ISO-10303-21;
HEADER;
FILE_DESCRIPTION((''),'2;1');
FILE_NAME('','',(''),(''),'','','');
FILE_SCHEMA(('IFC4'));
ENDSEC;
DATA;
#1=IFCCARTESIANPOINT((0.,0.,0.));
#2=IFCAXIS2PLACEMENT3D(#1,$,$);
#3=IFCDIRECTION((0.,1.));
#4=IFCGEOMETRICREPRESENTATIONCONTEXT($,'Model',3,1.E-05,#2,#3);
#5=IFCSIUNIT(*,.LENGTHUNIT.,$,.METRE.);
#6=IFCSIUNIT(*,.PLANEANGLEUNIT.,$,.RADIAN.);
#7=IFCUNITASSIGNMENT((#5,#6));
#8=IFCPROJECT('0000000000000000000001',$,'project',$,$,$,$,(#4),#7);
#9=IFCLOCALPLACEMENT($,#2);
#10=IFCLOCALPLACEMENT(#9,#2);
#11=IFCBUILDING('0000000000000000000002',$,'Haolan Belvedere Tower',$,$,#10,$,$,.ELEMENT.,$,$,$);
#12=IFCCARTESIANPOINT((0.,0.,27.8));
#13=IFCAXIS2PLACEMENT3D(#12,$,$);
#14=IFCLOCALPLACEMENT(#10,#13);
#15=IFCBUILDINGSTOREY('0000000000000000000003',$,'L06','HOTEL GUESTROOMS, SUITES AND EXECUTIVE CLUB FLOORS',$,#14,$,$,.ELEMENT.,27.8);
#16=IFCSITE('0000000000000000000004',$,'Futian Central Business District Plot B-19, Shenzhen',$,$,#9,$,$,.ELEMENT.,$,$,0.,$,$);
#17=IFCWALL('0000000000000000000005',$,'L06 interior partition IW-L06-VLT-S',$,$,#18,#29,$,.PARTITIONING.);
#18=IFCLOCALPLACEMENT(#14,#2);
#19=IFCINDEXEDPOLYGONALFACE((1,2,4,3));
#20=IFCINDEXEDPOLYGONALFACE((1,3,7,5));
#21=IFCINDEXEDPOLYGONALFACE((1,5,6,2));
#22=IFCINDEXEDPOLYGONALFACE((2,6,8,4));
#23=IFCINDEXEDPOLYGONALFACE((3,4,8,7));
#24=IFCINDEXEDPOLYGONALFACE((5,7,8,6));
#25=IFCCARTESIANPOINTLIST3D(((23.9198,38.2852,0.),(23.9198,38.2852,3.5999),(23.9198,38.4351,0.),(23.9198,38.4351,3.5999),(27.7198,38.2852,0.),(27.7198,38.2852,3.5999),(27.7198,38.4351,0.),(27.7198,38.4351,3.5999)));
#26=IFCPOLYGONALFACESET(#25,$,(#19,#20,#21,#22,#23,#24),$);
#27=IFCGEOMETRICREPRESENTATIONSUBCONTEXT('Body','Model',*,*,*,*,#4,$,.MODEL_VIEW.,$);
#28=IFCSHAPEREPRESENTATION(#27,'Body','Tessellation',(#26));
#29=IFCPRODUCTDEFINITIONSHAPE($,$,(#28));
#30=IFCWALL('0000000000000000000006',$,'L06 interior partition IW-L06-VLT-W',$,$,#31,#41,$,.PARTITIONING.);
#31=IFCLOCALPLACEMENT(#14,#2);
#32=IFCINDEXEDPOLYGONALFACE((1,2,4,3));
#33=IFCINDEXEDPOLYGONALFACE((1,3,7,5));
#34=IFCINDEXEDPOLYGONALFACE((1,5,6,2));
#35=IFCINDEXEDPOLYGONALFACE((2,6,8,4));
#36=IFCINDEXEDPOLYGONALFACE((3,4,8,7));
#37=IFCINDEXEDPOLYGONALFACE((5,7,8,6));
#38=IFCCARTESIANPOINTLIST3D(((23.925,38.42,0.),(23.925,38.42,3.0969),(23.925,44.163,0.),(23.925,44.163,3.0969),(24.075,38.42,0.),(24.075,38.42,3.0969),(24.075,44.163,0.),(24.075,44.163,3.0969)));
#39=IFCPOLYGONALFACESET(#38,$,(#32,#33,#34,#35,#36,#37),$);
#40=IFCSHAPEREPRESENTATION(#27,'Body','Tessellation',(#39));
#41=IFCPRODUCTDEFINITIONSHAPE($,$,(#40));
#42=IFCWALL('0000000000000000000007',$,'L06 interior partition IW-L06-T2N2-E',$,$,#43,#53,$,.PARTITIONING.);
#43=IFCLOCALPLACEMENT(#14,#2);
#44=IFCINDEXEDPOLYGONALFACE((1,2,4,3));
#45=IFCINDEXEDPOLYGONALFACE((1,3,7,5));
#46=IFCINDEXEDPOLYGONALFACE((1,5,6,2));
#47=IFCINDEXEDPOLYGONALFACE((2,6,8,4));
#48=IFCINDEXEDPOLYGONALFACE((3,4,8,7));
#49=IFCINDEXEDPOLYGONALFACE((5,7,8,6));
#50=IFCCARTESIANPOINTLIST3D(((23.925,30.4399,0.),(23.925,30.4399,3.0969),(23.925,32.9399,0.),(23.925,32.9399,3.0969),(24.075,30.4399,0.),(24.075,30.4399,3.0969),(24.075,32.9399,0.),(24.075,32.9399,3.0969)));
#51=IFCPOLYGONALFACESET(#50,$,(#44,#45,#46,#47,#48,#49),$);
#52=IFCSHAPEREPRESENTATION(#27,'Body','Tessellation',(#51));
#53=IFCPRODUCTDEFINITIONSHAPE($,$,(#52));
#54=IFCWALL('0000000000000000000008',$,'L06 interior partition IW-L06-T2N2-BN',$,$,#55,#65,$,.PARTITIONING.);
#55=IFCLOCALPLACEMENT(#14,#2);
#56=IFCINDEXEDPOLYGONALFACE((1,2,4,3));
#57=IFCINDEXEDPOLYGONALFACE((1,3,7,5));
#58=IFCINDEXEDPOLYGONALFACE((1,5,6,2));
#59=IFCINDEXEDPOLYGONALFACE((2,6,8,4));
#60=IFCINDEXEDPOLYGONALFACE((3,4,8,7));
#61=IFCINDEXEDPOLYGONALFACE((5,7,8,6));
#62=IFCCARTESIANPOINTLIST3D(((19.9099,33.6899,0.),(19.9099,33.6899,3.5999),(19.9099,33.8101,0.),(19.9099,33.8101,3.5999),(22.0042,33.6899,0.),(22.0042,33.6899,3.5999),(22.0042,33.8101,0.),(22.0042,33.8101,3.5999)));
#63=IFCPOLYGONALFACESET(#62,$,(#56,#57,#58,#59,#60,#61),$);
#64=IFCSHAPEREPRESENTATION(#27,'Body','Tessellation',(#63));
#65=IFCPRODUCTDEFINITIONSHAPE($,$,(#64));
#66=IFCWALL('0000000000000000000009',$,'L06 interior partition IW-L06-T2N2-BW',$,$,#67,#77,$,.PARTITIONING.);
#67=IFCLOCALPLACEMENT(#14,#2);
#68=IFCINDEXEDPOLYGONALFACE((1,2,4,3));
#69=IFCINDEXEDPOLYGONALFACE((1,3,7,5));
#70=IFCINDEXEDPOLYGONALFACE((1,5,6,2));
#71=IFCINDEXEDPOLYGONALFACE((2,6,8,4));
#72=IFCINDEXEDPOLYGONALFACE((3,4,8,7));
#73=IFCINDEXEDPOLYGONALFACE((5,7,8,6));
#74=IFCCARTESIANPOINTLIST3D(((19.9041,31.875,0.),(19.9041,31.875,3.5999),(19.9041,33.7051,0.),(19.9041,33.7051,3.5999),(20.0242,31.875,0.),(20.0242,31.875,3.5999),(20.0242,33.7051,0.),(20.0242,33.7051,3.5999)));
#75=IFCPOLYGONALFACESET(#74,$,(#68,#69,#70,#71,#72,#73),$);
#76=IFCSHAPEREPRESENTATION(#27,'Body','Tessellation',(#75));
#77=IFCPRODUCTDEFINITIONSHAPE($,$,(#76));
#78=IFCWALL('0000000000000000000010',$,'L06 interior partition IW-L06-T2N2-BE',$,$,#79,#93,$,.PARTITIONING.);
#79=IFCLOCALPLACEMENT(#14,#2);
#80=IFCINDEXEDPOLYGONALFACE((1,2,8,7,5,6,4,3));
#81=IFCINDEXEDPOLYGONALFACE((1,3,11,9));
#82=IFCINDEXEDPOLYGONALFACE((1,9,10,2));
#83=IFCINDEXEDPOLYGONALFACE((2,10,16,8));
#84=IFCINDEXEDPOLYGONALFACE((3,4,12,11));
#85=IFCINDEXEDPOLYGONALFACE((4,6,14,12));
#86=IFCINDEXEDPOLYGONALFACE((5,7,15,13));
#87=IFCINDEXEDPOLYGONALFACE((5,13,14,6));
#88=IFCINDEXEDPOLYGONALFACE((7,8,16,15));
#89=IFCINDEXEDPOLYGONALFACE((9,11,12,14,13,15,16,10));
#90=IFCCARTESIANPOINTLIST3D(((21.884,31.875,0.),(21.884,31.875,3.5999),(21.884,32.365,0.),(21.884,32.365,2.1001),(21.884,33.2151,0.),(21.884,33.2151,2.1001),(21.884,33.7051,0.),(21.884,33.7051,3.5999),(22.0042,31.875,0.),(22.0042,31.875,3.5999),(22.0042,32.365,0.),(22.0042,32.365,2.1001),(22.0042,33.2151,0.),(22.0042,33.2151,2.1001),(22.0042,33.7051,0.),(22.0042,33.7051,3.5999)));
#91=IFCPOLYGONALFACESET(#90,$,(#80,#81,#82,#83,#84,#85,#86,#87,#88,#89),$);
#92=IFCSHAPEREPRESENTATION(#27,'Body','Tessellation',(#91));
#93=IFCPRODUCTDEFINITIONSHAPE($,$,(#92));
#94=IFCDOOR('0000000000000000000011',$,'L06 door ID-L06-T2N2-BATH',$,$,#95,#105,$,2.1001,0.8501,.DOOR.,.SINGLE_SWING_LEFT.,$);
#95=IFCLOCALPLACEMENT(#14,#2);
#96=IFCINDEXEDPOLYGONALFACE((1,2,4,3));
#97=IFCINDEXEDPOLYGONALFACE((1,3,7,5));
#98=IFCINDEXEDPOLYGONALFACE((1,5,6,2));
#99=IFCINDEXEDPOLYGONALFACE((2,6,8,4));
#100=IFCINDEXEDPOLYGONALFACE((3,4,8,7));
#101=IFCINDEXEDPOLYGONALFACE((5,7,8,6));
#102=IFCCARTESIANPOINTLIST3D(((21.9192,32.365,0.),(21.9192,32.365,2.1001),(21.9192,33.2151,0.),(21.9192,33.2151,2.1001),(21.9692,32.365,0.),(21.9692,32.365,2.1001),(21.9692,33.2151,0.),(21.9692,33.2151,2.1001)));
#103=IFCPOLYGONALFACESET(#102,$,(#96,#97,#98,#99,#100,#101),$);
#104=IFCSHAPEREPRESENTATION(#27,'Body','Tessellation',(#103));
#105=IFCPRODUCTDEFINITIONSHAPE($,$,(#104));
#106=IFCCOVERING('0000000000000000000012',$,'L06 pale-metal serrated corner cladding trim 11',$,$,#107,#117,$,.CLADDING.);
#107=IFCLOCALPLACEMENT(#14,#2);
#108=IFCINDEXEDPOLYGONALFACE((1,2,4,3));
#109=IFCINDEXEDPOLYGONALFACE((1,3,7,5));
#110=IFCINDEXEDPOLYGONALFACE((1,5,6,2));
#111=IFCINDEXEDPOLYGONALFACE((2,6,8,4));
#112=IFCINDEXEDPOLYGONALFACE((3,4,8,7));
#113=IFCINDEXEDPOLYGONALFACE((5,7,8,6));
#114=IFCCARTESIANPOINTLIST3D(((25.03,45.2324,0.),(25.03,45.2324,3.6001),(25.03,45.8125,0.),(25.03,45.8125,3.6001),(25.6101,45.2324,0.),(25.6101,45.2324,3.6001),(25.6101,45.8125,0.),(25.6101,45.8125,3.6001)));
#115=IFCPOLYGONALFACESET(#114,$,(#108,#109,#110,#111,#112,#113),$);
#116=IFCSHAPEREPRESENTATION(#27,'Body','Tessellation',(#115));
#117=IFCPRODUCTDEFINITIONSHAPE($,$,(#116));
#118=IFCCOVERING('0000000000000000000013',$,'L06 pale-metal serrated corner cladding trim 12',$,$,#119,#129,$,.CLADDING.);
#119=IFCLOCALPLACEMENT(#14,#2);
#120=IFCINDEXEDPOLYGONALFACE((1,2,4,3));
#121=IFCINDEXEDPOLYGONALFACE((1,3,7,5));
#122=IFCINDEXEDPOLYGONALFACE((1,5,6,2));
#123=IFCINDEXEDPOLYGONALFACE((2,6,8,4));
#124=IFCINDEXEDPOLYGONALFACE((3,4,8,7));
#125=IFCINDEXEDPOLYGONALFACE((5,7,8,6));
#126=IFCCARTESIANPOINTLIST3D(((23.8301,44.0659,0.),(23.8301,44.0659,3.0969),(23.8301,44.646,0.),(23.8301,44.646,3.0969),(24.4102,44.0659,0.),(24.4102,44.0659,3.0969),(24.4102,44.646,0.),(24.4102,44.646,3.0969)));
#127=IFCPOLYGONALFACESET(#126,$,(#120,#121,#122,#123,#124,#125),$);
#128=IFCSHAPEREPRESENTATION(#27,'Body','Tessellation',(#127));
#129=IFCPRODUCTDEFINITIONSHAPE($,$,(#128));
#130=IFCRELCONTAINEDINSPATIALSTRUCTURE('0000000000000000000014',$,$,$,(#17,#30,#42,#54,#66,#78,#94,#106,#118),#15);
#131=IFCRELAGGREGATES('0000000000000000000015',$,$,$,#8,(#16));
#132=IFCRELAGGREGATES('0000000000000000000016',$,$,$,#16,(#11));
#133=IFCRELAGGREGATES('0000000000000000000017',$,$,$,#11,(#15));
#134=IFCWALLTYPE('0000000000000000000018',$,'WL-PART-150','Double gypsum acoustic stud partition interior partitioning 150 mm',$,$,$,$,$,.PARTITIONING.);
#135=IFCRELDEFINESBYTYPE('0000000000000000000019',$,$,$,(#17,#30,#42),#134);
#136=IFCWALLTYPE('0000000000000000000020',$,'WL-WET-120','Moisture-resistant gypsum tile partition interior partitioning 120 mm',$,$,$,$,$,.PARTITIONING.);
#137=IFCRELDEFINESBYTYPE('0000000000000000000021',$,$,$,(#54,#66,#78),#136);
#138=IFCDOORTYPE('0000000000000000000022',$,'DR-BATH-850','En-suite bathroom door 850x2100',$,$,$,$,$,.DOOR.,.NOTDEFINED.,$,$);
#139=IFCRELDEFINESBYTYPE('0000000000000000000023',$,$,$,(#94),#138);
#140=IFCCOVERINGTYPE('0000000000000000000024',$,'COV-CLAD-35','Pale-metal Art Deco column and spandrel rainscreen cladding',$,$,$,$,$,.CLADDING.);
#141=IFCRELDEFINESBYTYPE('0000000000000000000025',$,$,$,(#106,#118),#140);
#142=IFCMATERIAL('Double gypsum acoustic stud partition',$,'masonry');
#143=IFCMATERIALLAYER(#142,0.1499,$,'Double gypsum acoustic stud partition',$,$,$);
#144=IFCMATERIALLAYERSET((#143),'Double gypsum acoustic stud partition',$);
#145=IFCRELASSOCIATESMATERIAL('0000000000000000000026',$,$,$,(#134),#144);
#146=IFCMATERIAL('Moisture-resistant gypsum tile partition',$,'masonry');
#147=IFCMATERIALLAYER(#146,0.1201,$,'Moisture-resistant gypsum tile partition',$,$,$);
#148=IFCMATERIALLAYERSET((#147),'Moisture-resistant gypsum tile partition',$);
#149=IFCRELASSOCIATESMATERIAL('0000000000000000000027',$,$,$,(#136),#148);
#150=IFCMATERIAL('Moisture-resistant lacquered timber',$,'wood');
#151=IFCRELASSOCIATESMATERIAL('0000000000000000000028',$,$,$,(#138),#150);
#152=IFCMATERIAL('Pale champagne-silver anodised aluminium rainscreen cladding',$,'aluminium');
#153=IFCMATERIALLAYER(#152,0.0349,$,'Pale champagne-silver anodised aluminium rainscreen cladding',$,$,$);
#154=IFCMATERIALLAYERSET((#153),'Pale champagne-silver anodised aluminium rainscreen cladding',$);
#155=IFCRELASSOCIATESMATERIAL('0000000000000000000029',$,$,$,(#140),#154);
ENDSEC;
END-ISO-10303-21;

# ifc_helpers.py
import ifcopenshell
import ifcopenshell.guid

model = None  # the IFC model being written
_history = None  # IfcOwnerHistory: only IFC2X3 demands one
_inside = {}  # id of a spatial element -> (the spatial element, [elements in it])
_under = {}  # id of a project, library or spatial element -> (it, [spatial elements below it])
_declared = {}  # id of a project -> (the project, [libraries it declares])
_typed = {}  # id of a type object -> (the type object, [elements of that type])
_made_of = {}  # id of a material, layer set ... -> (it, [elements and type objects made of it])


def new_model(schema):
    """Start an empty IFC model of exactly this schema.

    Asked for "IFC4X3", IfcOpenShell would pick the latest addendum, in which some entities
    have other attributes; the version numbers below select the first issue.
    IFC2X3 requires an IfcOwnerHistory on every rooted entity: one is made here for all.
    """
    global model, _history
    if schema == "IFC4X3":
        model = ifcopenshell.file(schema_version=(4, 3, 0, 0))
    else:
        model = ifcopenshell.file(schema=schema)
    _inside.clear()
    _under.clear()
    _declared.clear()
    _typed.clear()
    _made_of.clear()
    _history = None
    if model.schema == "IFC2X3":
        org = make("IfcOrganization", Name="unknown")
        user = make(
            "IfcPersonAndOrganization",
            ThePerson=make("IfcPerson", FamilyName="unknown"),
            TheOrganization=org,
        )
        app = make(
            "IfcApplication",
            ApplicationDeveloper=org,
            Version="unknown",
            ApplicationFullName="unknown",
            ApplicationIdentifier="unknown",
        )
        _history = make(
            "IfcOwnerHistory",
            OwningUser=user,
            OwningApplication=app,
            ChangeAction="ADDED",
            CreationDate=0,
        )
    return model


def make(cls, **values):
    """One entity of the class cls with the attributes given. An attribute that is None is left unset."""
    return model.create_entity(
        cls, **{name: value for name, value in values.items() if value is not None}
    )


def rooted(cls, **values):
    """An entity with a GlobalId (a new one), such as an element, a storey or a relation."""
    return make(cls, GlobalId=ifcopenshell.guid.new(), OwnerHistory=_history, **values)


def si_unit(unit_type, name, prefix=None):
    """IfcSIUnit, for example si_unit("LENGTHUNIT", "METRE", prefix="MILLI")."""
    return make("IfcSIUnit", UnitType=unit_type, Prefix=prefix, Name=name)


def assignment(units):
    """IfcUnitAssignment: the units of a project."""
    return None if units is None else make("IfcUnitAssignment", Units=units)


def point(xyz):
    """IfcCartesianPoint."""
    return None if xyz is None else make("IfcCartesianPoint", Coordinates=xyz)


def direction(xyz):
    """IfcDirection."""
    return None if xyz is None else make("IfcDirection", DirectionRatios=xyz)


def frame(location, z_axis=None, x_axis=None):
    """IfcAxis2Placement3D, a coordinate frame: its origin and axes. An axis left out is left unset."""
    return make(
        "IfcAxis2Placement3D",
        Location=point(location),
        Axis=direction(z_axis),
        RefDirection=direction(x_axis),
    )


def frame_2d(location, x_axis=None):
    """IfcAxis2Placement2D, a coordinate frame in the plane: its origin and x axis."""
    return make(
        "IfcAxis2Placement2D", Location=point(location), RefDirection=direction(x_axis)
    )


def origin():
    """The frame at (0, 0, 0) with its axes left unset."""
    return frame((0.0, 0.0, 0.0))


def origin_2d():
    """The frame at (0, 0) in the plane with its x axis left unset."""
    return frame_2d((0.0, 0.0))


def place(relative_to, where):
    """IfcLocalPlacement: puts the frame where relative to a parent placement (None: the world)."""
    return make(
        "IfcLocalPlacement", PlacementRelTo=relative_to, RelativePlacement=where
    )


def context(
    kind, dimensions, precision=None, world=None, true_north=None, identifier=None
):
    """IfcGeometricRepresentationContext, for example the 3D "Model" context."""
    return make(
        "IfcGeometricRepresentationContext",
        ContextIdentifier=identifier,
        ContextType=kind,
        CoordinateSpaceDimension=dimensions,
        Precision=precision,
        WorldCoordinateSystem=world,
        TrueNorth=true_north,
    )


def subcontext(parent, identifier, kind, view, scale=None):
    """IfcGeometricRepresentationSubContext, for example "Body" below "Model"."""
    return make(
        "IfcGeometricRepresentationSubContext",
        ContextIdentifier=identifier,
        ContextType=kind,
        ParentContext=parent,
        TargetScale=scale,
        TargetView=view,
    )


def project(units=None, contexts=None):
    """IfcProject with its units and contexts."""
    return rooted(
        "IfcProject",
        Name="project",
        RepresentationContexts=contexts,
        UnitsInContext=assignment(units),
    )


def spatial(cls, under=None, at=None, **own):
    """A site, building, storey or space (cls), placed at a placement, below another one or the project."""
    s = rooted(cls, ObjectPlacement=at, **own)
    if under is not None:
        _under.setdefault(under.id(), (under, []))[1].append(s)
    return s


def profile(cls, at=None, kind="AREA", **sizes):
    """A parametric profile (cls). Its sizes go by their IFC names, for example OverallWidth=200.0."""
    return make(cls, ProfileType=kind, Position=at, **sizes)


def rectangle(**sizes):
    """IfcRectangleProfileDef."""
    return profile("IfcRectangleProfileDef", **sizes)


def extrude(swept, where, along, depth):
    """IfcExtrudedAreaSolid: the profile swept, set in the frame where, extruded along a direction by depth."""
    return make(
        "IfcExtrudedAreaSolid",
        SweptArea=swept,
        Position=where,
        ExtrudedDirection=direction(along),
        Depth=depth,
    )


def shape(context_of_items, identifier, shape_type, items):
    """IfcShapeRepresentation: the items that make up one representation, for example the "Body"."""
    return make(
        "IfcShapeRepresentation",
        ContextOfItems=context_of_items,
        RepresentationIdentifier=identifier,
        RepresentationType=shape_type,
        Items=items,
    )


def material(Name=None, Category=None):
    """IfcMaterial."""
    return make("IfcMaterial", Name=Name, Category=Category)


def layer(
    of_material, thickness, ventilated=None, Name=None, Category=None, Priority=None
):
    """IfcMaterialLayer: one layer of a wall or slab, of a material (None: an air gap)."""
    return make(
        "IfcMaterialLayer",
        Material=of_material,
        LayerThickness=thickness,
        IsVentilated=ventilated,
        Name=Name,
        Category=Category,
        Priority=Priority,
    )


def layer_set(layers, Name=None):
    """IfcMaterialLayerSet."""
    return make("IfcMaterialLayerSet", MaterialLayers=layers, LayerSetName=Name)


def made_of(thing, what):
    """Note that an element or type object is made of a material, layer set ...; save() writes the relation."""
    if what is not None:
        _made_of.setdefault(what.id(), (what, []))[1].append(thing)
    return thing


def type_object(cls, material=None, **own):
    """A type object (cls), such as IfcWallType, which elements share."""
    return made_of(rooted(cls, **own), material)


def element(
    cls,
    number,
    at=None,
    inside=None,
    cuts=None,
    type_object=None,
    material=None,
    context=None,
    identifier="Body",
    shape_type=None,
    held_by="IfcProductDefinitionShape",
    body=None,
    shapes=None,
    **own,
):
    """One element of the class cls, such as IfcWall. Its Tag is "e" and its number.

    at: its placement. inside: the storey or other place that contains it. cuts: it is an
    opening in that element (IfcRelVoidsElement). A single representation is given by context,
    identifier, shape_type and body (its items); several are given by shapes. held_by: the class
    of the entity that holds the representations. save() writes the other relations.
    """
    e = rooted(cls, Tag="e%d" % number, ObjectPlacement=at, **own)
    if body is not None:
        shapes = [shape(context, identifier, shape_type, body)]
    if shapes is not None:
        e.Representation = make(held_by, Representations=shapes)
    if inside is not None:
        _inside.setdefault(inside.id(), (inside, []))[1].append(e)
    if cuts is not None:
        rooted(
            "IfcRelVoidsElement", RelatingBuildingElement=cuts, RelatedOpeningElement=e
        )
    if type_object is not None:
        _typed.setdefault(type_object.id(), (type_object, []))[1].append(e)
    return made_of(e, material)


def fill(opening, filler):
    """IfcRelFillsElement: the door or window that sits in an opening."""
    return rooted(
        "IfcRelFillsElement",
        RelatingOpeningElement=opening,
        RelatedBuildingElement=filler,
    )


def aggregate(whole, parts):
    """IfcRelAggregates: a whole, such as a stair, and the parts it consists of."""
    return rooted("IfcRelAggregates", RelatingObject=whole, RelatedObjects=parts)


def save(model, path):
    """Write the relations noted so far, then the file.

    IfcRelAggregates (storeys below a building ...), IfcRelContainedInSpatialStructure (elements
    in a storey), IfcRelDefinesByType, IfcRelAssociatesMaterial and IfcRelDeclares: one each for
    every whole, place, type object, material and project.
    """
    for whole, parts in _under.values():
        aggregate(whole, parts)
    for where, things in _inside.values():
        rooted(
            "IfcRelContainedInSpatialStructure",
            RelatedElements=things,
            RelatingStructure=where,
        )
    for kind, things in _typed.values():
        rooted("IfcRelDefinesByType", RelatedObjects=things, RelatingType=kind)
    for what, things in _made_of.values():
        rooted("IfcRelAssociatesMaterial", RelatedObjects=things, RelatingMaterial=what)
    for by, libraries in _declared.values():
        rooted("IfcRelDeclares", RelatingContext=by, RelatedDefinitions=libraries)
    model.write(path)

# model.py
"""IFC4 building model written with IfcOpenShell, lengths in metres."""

from ifc_helpers import new_model, si_unit, direction, frame, frame_2d, origin, origin_2d, place, context, subcontext, project, spatial, rectangle, extrude, material, layer, layer_set, type_object, element, fill, save


model = new_model("IFC4")

# Units and contexts
model_context = context("Model", 3, precision=1e-05, world=origin(), true_north=direction((0.0, 1.0)))
body_context = subcontext(model_context, "Body", "Model", "MODEL_VIEW")
ifc_project = project(units=[si_unit("LENGTHUNIT", "METRE"), si_unit("PLANEANGLEUNIT", "RADIAN")], contexts=[model_context])

# Site, building, storey
site_placement = place(None, origin())
site = spatial("IfcSite", under=ifc_project, at=site_placement, Name="Futian Central Business District Plot B-19, Shenzhen", CompositionType="ELEMENT", RefElevation=0.0)
building_placement = place(site_placement, origin())
building = spatial("IfcBuilding", under=site, at=building_placement, Name="Haolan Belvedere Tower", CompositionType="ELEMENT")
storey_placement = place(building_placement, frame((0.0, 0.0, 27.8)))
storey = spatial("IfcBuildingStorey", under=building, at=storey_placement, Name="L06", Description="HOTEL GUESTROOMS, SUITES AND EXECUTIVE CLUB FLOORS", CompositionType="ELEMENT", Elevation=27.8)

# Walls
ifc_material_1 = material(Name="Double gypsum acoustic stud partition", Category="masonry")
ifc_layer_1 = layer(ifc_material_1, 0.1499, Name="Double gypsum acoustic stud partition")
ifc_layer_set_1 = layer_set([ifc_layer_1], Name="Double gypsum acoustic stud partition")
wall_type_1 = type_object("IfcWallType", Name="WL-PART-150", Description="Double gypsum acoustic stud partition interior partitioning 150 mm", PredefinedType="PARTITIONING", material=ifc_layer_set_1)
wall_1_placement = place(storey_placement, frame((23.9199, 38.3601, 0.0), z_axis=(0.0, 0.0, 1.0), x_axis=(1.0, 0.0, 0.0)))
element("IfcWall", 1, at=wall_1_placement, inside=storey, type_object=wall_type_1, Name="L06 interior partition IW-L06-VLT-S", PredefinedType="PARTITIONING", context=body_context, shape_type="SweptSolid", body=[
    extrude(rectangle(XDim=3.8, YDim=0.1499, at=frame_2d((1.8999, 0.0))), origin(), (0.0, 0.0, 1.0), 3.5999),
])
wall_2_placement = place(storey_placement, frame((24.0, 38.4199, 0.0), z_axis=(0.0, 0.0, 1.0), x_axis=(0.0, 1.0, 0.0)))
element("IfcWall", 2, at=wall_2_placement, inside=storey, type_object=wall_type_1, Name="L06 interior partition IW-L06-VLT-W", PredefinedType="PARTITIONING", context=body_context, shape_type="SweptSolid", body=[
    extrude(rectangle(XDim=5.7429, YDim=0.1499, at=frame_2d((2.8716, 0.0))), origin(), (0.0, 0.0, 1.0), 3.0969),
])
wall_3_placement = place(storey_placement, frame((24.0, 30.4399, 0.0), z_axis=(0.0, 0.0, 1.0), x_axis=(0.0, 1.0, 0.0)))
element("IfcWall", 3, at=wall_3_placement, inside=storey, type_object=wall_type_1, Name="L06 interior partition IW-L06-T2N2-E", PredefinedType="PARTITIONING", context=body_context, shape_type="SweptSolid", body=[
    extrude(rectangle(XDim=2.5, YDim=0.1499, at=frame_2d((1.25, 0.0))), origin(), (0.0, 0.0, 1.0), 3.0969),
])
ifc_material_2 = material(Name="Moisture-resistant gypsum tile partition", Category="masonry")
ifc_layer_2 = layer(ifc_material_2, 0.1201, Name="Moisture-resistant gypsum tile partition")
ifc_layer_set_2 = layer_set([ifc_layer_2], Name="Moisture-resistant gypsum tile partition")
wall_type_2 = type_object("IfcWallType", Name="WL-WET-120", Description="Moisture-resistant gypsum tile partition interior partitioning 120 mm", PredefinedType="PARTITIONING", material=ifc_layer_set_2)
wall_4_placement = place(storey_placement, frame((19.9099, 33.75, 0.0), z_axis=(0.0, 0.0, 1.0), x_axis=(1.0, 0.0, 0.0)))
element("IfcWall", 4, at=wall_4_placement, inside=storey, type_object=wall_type_2, Name="L06 interior partition IW-L06-T2N2-BN", PredefinedType="PARTITIONING", context=body_context, shape_type="SweptSolid", body=[
    extrude(rectangle(XDim=2.0942, YDim=0.1201, at=frame_2d((1.0471, 0.0))), origin(), (0.0, 0.0, 1.0), 3.5999),
])
wall_5_placement = place(storey_placement, frame((19.9641, 31.875, 0.0), z_axis=(0.0, 0.0, 1.0), x_axis=(0.0, 1.0, 0.0)))
element("IfcWall", 5, at=wall_5_placement, inside=storey, type_object=wall_type_2, Name="L06 interior partition IW-L06-T2N2-BW", PredefinedType="PARTITIONING", context=body_context, shape_type="SweptSolid", body=[
    extrude(rectangle(XDim=1.8301, YDim=0.1201, at=frame_2d((0.915, 0.0))), origin(), (0.0, 0.0, 1.0), 3.5999),
])

# Wall, opening, door
wall_6_placement = place(storey_placement, frame((21.9441, 31.875, 0.0), z_axis=(0.0, 0.0, 1.0), x_axis=(0.0, 1.0, 0.0)))
wall_6 = element("IfcWall", 6, at=wall_6_placement, inside=storey, type_object=wall_type_2, Name="L06 interior partition IW-L06-T2N2-BE", PredefinedType="PARTITIONING", context=body_context, shape_type="SweptSolid", body=[
    extrude(rectangle(XDim=1.8301, YDim=0.1201, at=frame_2d((0.915, 0.0))), origin(), (0.0, 0.0, 1.0), 3.5999),
])
opening_1_placement = place(wall_6_placement, frame((0.49, 0.0, 0.0)))
opening_1 = element("IfcOpeningElement", 7, at=opening_1_placement, cuts=wall_6, PredefinedType="OPENING", context=body_context, shape_type="SweptSolid", body=[
    extrude(rectangle(XDim=0.8501, YDim=2.1001, at=frame_2d((0.425, 1.05))), frame((0.0, 0.0701, 0.0), z_axis=(0.0, -1.0, 0.0), x_axis=(1.0, 0.0, 0.0)), (0.0, 0.0, 1.0), 0.1401),
])
ifc_material_3 = material(Name="Moisture-resistant lacquered timber", Category="wood")
door_type = type_object("IfcDoorType", Name="DR-BATH-850", Description="En-suite bathroom door 850x2100", OperationType="NOTDEFINED", PredefinedType="DOOR", material=ifc_material_3)
door_placement = place(opening_1_placement, origin())
door = element("IfcDoor", 8, at=door_placement, inside=storey, type_object=door_type, Name="L06 door ID-L06-T2N2-BATH", OperationType="SINGLE_SWING_LEFT", OverallHeight=2.1001, OverallWidth=0.8501, PredefinedType="DOOR", context=body_context, shape_type="SweptSolid", body=[
    extrude(rectangle(XDim=0.8501, YDim=2.1001, at=frame_2d((0.425, 1.05))), frame((0.0, 0.0249, 0.0), z_axis=(0.0, -1.0, 0.0), x_axis=(1.0, 0.0, 0.0)), (0.0, 0.0, 1.0), 0.05),
])
fill(opening_1, door)

# Coverings
ifc_material_4 = material(Name="Pale champagne-silver anodised aluminium rainscreen cladding", Category="aluminium")
ifc_layer_3 = layer(ifc_material_4, 0.0349, Name="Pale champagne-silver anodised aluminium rainscreen cladding")
ifc_layer_set_3 = layer_set([ifc_layer_3], Name="Pale champagne-silver anodised aluminium rainscreen cladding")
covering_type = type_object("IfcCoveringType", Name="COV-CLAD-35", Description="Pale-metal Art Deco column and spandrel rainscreen cladding", PredefinedType="CLADDING", material=ifc_layer_set_3)
covering_1_placement = place(storey_placement, frame((25.3201, 45.5225, 0.0), z_axis=(0.0, 0.0, 1.0), x_axis=(1.0, 0.0, 0.0)))
element("IfcCovering", 9, at=covering_1_placement, inside=storey, type_object=covering_type, Name="L06 pale-metal serrated corner cladding trim 11", PredefinedType="CLADDING", context=body_context, shape_type="SweptSolid", body=[
    extrude(rectangle(XDim=0.5801, YDim=0.5801, at=origin_2d()), origin(), (0.0, 0.0, 1.0), 3.6001),
])
covering_2_placement = place(storey_placement, frame((24.1201, 44.356, 0.0), z_axis=(0.0, 0.0, 1.0), x_axis=(1.0, 0.0, 0.0)))
element("IfcCovering", 10, at=covering_2_placement, inside=storey, type_object=covering_type, Name="L06 pale-metal serrated corner cladding trim 12", PredefinedType="CLADDING", context=body_context, shape_type="SweptSolid", body=[
    extrude(rectangle(XDim=0.5801, YDim=0.5801, at=origin_2d()), origin(), (0.0, 0.0, 1.0), 3.0969),
])

save(model, "model.ifc")
